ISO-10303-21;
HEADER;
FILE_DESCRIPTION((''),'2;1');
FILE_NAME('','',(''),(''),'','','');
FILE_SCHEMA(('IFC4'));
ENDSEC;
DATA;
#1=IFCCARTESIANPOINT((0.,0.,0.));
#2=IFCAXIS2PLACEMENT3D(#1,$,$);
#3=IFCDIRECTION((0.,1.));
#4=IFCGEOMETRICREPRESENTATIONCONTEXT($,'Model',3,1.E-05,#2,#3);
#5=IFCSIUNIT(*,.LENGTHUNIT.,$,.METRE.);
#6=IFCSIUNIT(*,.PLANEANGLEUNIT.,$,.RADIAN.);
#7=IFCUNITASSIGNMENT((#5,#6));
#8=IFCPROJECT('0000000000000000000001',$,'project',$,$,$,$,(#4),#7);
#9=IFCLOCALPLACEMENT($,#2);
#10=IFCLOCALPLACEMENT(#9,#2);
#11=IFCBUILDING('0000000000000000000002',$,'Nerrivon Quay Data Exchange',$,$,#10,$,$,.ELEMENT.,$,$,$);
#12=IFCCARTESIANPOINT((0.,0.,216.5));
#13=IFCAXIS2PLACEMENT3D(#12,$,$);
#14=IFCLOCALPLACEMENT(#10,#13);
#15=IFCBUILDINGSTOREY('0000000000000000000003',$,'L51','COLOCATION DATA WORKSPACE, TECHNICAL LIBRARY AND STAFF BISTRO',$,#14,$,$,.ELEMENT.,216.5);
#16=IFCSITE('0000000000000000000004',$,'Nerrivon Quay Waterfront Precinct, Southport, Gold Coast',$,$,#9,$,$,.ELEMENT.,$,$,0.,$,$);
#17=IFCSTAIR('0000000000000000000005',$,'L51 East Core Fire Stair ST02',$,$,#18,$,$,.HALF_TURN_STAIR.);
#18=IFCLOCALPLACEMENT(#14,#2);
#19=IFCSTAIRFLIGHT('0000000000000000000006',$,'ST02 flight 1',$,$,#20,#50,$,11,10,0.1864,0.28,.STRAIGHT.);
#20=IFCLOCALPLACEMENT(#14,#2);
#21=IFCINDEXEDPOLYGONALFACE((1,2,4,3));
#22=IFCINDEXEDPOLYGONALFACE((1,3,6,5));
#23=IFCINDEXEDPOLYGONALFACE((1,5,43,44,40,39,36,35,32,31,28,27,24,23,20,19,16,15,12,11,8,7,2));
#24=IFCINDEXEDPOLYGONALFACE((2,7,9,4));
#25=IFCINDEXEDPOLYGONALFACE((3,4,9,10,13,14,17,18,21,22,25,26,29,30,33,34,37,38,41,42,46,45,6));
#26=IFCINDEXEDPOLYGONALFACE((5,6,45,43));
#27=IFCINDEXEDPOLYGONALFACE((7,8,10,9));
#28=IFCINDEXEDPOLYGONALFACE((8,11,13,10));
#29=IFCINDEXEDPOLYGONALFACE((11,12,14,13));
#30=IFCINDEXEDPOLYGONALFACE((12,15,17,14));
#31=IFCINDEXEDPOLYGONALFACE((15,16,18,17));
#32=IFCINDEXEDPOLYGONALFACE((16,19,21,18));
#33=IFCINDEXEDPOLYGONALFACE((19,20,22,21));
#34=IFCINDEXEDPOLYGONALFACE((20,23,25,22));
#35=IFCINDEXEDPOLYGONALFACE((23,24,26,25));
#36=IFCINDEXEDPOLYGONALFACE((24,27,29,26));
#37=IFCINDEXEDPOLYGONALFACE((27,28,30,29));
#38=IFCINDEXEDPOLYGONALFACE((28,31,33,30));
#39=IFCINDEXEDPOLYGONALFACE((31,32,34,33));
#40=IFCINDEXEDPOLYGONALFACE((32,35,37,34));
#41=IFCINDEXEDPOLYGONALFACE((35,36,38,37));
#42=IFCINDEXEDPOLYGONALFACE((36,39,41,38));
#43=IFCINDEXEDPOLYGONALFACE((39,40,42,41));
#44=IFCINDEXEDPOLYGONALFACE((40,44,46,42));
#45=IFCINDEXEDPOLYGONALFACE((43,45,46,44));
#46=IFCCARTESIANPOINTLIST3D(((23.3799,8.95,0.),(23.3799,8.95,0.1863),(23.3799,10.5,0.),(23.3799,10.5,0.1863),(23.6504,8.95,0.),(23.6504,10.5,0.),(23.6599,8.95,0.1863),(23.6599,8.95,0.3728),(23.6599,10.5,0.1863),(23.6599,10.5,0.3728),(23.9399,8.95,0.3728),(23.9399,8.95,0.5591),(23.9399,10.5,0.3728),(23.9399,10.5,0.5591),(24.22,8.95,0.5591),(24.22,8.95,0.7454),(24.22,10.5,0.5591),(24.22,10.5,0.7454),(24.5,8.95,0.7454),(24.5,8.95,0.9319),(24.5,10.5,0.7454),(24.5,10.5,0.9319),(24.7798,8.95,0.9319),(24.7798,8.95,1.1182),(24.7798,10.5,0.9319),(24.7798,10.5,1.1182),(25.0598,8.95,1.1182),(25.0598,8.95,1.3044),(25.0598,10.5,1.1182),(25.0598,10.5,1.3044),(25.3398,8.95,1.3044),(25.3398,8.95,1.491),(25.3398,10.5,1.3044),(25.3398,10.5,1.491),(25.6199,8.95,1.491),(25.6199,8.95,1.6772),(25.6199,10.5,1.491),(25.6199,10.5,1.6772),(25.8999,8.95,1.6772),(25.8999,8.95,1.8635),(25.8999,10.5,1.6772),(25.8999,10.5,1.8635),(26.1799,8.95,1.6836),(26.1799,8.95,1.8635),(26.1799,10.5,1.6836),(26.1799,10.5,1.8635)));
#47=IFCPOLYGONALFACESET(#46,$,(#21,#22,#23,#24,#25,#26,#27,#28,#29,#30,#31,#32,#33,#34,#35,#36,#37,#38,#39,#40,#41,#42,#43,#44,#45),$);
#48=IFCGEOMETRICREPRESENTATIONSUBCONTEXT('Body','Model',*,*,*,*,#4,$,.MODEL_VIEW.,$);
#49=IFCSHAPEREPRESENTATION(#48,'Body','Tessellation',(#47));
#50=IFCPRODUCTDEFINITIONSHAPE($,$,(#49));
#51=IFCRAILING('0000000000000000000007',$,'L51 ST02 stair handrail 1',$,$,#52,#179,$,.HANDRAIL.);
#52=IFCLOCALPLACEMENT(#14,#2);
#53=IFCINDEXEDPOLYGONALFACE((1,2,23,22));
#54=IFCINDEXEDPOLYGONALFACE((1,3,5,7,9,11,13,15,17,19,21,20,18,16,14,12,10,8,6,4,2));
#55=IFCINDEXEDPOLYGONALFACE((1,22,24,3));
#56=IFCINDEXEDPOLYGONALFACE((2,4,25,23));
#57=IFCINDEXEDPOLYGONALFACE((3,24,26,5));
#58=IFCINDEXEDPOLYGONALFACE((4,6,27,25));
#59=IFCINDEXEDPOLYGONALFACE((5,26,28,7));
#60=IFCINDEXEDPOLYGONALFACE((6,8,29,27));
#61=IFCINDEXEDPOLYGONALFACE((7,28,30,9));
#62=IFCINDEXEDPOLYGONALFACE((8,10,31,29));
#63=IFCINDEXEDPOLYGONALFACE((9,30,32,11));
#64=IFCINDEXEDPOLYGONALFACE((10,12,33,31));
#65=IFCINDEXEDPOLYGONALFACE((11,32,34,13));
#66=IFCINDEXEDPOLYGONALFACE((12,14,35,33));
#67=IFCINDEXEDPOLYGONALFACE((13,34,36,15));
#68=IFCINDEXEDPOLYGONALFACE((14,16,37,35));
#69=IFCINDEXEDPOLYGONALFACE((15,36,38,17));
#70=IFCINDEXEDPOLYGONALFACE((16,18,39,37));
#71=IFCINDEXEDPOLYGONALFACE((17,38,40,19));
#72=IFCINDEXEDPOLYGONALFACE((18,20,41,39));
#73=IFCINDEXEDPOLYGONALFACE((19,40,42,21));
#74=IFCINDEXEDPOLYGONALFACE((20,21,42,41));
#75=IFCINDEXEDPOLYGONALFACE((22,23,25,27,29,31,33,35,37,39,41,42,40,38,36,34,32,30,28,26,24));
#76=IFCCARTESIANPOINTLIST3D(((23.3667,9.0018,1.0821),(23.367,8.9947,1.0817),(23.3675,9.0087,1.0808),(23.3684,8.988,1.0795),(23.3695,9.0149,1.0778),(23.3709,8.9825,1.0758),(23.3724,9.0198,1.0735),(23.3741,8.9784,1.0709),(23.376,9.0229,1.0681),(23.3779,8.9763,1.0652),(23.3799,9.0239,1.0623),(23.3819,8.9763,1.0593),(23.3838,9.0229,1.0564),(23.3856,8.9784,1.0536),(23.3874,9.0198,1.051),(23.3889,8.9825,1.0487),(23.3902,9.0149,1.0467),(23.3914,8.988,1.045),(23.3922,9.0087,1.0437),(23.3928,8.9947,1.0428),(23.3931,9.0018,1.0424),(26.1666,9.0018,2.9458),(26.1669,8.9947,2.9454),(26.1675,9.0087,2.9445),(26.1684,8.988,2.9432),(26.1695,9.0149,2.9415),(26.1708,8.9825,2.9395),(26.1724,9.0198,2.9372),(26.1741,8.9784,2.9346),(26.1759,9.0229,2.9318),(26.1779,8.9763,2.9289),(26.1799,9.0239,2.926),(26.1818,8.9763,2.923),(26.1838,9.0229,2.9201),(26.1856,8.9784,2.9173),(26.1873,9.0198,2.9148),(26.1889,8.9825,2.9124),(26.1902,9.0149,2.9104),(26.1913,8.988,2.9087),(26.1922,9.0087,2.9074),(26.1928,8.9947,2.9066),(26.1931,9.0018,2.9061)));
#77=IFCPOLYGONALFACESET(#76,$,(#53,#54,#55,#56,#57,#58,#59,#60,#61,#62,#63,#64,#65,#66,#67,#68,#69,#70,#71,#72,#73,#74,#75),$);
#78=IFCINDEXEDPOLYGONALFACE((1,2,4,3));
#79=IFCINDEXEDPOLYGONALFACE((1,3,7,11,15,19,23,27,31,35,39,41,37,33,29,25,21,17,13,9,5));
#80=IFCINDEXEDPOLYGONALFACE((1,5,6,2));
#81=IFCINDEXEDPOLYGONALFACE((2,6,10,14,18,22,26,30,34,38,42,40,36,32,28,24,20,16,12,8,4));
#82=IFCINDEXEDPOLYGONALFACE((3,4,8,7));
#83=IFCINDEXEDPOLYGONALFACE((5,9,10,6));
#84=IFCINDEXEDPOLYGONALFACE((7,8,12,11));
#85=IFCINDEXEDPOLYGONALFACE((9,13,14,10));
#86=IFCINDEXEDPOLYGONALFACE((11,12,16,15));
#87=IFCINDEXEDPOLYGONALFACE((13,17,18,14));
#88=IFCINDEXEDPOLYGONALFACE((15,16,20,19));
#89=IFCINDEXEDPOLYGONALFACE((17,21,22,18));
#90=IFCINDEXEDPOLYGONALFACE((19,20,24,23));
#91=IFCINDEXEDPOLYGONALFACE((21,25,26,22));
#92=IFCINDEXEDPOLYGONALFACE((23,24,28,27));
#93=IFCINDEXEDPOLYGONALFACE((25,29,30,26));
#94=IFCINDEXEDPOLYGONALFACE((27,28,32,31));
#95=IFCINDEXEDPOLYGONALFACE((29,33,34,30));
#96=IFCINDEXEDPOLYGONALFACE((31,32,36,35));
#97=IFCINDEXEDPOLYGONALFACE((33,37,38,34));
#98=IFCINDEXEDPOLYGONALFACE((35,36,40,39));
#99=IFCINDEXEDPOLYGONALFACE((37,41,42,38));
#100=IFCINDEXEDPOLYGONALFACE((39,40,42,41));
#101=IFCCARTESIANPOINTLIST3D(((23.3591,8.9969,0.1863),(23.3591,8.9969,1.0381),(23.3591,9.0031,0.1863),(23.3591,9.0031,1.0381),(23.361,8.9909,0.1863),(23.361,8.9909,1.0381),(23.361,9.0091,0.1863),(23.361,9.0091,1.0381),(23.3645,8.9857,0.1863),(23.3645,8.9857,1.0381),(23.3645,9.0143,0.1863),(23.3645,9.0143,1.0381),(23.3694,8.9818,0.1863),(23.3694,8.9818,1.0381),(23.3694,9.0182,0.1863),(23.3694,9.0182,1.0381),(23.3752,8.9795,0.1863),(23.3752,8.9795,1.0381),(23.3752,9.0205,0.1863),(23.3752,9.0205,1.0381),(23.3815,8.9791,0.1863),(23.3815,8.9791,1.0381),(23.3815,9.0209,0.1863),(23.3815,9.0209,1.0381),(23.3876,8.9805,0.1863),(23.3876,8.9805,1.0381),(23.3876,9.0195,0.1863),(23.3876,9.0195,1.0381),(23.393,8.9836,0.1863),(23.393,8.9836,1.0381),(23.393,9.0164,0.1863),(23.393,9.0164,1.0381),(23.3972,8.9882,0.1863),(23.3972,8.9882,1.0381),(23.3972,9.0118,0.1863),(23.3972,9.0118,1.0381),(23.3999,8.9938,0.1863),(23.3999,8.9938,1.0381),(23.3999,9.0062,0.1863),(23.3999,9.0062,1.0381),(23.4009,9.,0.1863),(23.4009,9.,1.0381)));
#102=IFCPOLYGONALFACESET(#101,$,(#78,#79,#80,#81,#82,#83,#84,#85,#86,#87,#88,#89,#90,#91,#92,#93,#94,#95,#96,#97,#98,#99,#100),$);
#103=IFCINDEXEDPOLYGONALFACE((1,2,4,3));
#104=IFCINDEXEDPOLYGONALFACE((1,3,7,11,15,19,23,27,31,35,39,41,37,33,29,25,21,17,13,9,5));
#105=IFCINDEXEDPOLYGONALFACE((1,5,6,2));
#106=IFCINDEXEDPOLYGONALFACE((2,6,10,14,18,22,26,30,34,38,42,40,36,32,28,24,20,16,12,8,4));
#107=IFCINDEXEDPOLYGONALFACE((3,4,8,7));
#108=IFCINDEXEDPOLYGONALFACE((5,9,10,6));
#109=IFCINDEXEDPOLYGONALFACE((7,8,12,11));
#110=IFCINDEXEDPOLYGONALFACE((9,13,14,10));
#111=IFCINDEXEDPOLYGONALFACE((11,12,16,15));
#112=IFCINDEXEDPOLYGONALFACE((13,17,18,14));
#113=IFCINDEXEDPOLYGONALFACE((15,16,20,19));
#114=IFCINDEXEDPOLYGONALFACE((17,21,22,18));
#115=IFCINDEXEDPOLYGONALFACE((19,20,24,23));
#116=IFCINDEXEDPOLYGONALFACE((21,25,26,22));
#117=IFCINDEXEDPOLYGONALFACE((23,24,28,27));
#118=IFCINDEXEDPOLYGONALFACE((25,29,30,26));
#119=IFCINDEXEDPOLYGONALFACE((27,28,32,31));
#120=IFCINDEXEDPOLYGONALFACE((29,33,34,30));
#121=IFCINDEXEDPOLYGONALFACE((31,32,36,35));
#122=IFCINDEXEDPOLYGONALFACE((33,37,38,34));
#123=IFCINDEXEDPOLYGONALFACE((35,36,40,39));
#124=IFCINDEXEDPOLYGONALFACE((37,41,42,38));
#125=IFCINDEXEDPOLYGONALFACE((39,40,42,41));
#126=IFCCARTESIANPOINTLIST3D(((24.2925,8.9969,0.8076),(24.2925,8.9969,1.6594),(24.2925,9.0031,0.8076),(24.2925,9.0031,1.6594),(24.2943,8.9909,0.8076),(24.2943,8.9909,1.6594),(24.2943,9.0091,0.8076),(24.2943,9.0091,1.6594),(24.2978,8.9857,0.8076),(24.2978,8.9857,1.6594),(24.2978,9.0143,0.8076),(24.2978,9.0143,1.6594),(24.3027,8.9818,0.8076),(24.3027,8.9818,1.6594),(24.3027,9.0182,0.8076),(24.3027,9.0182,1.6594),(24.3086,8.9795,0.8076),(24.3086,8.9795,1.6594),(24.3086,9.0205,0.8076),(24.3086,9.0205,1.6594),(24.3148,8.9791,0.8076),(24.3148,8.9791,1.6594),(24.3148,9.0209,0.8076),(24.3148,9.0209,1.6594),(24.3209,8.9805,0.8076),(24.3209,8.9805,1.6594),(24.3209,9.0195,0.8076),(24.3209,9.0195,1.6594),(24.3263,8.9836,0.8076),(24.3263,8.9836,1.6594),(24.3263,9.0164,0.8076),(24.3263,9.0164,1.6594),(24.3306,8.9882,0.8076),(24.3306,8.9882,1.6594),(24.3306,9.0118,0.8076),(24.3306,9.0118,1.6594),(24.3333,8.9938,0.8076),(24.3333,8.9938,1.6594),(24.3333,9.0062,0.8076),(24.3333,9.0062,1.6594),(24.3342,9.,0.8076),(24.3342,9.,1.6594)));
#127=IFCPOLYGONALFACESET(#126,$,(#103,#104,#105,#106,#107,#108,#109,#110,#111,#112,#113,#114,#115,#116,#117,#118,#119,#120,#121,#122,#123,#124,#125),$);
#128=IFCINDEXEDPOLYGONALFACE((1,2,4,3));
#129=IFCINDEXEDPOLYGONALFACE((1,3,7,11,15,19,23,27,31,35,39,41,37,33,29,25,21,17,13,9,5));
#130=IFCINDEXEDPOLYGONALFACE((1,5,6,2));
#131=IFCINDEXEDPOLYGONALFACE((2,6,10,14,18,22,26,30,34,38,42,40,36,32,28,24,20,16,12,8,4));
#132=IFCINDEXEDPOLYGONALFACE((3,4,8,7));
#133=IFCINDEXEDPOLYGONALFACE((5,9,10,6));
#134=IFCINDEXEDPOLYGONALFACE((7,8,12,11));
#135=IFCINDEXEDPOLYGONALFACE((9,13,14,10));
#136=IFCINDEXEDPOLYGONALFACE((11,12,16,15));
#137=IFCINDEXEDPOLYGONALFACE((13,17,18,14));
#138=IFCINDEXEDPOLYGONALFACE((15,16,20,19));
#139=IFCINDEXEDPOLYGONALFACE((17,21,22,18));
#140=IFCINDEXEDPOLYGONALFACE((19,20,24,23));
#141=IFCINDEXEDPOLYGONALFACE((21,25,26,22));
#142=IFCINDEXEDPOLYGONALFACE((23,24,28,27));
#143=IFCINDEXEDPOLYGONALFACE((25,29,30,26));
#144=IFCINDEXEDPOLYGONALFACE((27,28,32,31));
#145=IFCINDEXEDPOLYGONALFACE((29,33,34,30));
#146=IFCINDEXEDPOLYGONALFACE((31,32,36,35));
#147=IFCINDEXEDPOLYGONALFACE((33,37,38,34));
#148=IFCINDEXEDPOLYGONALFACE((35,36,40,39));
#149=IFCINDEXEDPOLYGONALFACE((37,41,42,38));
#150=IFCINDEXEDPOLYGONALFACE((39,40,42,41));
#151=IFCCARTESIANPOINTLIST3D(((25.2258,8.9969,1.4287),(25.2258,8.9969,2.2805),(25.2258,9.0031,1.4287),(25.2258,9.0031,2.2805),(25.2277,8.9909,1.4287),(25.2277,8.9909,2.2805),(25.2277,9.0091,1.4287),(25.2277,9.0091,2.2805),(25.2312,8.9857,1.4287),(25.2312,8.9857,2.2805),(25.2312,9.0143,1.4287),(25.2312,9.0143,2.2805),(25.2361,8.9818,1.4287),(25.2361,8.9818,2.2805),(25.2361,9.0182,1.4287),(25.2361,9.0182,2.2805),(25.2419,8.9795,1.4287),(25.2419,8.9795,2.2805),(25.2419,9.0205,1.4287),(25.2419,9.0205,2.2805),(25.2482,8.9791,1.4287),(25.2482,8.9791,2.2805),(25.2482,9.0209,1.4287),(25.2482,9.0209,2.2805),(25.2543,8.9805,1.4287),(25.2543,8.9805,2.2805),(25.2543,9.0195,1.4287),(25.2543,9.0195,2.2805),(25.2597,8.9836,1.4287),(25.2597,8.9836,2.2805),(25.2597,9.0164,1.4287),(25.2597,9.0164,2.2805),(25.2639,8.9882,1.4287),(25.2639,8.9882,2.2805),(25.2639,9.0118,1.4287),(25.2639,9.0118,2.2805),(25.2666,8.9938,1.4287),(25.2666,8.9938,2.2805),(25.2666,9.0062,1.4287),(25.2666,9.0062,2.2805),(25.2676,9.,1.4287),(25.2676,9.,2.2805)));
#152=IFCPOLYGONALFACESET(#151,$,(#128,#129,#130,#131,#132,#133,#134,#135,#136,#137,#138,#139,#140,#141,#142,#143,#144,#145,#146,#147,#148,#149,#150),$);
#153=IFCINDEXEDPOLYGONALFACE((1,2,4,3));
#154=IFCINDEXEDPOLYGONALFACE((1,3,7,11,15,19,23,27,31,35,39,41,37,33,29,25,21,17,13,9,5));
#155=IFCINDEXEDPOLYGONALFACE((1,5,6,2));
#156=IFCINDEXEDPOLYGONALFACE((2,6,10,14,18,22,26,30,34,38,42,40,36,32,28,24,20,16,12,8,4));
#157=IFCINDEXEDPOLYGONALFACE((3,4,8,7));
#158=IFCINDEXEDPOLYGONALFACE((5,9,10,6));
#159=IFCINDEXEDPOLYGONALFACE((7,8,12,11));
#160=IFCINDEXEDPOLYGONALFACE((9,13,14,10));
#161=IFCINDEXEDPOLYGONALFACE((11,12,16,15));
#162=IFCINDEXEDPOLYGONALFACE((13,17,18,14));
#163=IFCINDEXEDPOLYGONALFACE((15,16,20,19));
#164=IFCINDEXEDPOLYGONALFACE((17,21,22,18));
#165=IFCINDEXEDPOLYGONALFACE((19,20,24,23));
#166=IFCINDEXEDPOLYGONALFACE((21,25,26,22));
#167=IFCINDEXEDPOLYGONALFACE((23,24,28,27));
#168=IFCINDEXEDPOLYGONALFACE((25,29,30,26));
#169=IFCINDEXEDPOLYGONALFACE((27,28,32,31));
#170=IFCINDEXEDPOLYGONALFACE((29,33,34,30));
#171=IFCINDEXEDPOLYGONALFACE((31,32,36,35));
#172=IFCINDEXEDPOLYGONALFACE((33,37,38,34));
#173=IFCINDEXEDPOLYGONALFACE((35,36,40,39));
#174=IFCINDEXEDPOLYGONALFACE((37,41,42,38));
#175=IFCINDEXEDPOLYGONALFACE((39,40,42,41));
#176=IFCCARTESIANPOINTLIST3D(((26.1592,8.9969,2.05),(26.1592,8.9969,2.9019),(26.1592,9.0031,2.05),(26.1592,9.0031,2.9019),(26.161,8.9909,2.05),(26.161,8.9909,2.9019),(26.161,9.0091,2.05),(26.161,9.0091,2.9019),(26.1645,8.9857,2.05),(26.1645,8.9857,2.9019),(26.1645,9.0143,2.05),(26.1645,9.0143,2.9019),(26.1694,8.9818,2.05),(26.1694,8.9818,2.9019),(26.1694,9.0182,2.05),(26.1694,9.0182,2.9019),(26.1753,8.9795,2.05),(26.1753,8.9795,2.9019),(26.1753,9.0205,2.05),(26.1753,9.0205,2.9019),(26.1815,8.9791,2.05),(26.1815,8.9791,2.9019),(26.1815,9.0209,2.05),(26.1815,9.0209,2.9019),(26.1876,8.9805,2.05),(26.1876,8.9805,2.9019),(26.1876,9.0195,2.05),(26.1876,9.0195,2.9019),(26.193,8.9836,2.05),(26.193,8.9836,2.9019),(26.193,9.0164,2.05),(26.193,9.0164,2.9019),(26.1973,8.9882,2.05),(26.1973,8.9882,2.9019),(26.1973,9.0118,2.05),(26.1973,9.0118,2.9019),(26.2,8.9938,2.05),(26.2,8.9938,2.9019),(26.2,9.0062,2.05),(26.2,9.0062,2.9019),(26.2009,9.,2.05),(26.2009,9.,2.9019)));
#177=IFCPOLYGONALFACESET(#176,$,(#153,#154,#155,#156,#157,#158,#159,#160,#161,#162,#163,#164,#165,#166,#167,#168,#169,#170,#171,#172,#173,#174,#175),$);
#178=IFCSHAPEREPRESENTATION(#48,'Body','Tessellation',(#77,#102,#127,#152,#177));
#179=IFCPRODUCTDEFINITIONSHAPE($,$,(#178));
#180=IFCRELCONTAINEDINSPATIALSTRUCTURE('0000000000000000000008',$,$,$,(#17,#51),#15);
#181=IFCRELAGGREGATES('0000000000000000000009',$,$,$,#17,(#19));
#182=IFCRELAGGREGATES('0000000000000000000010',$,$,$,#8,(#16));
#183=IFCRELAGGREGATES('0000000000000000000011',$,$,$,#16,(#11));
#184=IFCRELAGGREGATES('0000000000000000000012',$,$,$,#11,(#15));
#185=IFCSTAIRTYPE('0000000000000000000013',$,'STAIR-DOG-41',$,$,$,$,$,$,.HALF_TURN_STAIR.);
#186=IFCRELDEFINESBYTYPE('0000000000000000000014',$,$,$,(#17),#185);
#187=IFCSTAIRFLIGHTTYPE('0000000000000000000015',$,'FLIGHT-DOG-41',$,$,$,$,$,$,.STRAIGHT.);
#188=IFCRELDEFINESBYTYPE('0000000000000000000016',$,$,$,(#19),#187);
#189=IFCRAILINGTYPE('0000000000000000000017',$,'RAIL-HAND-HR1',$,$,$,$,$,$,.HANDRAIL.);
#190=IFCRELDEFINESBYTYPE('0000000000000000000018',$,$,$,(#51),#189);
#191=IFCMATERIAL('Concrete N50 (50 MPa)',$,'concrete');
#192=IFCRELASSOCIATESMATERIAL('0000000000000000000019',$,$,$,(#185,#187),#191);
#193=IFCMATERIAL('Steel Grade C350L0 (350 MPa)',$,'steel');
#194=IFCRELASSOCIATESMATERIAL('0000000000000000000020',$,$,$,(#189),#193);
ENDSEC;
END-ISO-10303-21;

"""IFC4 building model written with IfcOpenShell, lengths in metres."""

from ifc_helpers import new_model, si_unit, direction, frame, origin, origin_2d, place, context, subcontext, project, spatial, polyline, circle, outline, extrude, material, type_object, element, aggregate, save


model = new_model("IFC4")

# Units and contexts
model_context = context("Model", 3, precision=1e-05, world=origin(), true_north=direction((0.0, 1.0)))
body_context = subcontext(model_context, "Body", "Model", "MODEL_VIEW")
ifc_project = project(units=[si_unit("LENGTHUNIT", "METRE"), si_unit("PLANEANGLEUNIT", "RADIAN")], contexts=[model_context])

# Site, building, storey
site_placement = place(None, origin())
site = spatial("IfcSite", under=ifc_project, at=site_placement, Name="Nerrivon Quay Waterfront Precinct, Southport, Gold Coast", CompositionType="ELEMENT", RefElevation=0.0)
building_placement = place(site_placement, origin())
building = spatial("IfcBuilding", under=site, at=building_placement, Name="Nerrivon Quay Data Exchange", CompositionType="ELEMENT")
storey_placement = place(building_placement, frame((0.0, 0.0, 216.5)))
storey = spatial("IfcBuildingStorey", under=building, at=storey_placement, Name="L51", Description="COLOCATION DATA WORKSPACE, TECHNICAL LIBRARY AND STAFF BISTRO", CompositionType="ELEMENT", Elevation=216.5)

# Shared definitions
ifc_material_1 = material(Name="Concrete N50 (50 MPa)", Category="concrete")

# Stair, stair flight
stair_type = type_object("IfcStairType", Name="STAIR-DOG-41", PredefinedType="HALF_TURN_STAIR", material=ifc_material_1)
stair_placement = place(storey_placement, origin())
stair = element("IfcStair", 1, at=stair_placement, inside=storey, type_object=stair_type, Name="L51 East Core Fire Stair ST02", PredefinedType="HALF_TURN_STAIR")
stair_flight_type = type_object("IfcStairFlightType", Name="FLIGHT-DOG-41", PredefinedType="STRAIGHT", material=ifc_material_1)
stair_flight_placement = place(storey_placement, frame((23.3799, 9.7251, 0.0), z_axis=(0.0, 0.0, 1.0), x_axis=(1.0, 0.0, 0.0)))
stair_flight = element("IfcStairFlight", 2, at=stair_flight_placement, type_object=stair_flight_type, Name="ST02 flight 1", NumberOfRisers=11, NumberOfTreads=10, PredefinedType="STRAIGHT", RiserHeight=0.1864, TreadLength=0.28, context=body_context, shape_type="SweptSolid", body=[
    extrude(outline(polyline([(0.0, 0.0), (0.0, 0.1863), (0.28, 0.1863), (0.28, 0.3728), (0.5601, 0.3728), (0.5601, 0.5591), (0.8401, 0.5591), (0.8401, 0.7454), (1.1201, 0.7454), (1.1201, 0.9319), (1.3999, 0.9319), (1.3999, 1.1182), (1.6799, 1.1182), (1.6799, 1.3044), (1.96, 1.3044), (1.96, 1.491), (2.24, 1.491), (2.24, 1.6772), (2.52, 1.6772), (2.52, 1.8635), (2.8, 1.8635), (2.8, 2.05), (2.8, 1.6836), (0.2705, 0.0), (0.0, 0.0)])), frame((0.0, 0.7749, 0.0), z_axis=(0.0, -1.0, 0.0), x_axis=(1.0, 0.0, 0.0)), (0.0, 0.0, 1.0), 1.55),
])
aggregate(stair, [stair_flight])

# Railing
ifc_material_2 = material(Name="Steel Grade C350L0 (350 MPa)", Category="steel")
railing_type_1 = type_object("IfcRailingType", Name="RAIL-HAND-HR1", PredefinedType="HANDRAIL", material=ifc_material_2)
railing_1_placement = place(storey_placement, frame((23.3799, 9.0, 0.1863)))
element("IfcRailing", 3, at=railing_1_placement, inside=storey, type_object=railing_type_1, Name="L51 ST02 stair handrail 1", PredefinedType="HANDRAIL", context=body_context, shape_type="SweptSolid", body=[
    extrude(circle(Radius=0.0239, at=origin_2d()), frame((0.0, 0.0, 0.876), z_axis=(0.832452, 0.0, 0.554097), x_axis=(0.0, 1.0, 0.0)), (0.0, 0.0, 1.0), 3.3635),
    extrude(circle(Radius=0.021, at=origin_2d()), origin(), (0.0, 0.0, 1.0), 0.8518),
    extrude(circle(Radius=0.021, at=origin_2d()), frame((0.9333, 0.0, 0.6213)), (0.0, 0.0, 1.0), 0.8518),
    extrude(circle(Radius=0.021, at=origin_2d()), frame((1.8667, 0.0, 1.2424)), (0.0, 0.0, 1.0), 0.8518),
    extrude(circle(Radius=0.021, at=origin_2d()), frame((2.8, 0.0, 1.8638)), (0.0, 0.0, 1.0), 0.8518),
])

save(model, "model.ifc")
